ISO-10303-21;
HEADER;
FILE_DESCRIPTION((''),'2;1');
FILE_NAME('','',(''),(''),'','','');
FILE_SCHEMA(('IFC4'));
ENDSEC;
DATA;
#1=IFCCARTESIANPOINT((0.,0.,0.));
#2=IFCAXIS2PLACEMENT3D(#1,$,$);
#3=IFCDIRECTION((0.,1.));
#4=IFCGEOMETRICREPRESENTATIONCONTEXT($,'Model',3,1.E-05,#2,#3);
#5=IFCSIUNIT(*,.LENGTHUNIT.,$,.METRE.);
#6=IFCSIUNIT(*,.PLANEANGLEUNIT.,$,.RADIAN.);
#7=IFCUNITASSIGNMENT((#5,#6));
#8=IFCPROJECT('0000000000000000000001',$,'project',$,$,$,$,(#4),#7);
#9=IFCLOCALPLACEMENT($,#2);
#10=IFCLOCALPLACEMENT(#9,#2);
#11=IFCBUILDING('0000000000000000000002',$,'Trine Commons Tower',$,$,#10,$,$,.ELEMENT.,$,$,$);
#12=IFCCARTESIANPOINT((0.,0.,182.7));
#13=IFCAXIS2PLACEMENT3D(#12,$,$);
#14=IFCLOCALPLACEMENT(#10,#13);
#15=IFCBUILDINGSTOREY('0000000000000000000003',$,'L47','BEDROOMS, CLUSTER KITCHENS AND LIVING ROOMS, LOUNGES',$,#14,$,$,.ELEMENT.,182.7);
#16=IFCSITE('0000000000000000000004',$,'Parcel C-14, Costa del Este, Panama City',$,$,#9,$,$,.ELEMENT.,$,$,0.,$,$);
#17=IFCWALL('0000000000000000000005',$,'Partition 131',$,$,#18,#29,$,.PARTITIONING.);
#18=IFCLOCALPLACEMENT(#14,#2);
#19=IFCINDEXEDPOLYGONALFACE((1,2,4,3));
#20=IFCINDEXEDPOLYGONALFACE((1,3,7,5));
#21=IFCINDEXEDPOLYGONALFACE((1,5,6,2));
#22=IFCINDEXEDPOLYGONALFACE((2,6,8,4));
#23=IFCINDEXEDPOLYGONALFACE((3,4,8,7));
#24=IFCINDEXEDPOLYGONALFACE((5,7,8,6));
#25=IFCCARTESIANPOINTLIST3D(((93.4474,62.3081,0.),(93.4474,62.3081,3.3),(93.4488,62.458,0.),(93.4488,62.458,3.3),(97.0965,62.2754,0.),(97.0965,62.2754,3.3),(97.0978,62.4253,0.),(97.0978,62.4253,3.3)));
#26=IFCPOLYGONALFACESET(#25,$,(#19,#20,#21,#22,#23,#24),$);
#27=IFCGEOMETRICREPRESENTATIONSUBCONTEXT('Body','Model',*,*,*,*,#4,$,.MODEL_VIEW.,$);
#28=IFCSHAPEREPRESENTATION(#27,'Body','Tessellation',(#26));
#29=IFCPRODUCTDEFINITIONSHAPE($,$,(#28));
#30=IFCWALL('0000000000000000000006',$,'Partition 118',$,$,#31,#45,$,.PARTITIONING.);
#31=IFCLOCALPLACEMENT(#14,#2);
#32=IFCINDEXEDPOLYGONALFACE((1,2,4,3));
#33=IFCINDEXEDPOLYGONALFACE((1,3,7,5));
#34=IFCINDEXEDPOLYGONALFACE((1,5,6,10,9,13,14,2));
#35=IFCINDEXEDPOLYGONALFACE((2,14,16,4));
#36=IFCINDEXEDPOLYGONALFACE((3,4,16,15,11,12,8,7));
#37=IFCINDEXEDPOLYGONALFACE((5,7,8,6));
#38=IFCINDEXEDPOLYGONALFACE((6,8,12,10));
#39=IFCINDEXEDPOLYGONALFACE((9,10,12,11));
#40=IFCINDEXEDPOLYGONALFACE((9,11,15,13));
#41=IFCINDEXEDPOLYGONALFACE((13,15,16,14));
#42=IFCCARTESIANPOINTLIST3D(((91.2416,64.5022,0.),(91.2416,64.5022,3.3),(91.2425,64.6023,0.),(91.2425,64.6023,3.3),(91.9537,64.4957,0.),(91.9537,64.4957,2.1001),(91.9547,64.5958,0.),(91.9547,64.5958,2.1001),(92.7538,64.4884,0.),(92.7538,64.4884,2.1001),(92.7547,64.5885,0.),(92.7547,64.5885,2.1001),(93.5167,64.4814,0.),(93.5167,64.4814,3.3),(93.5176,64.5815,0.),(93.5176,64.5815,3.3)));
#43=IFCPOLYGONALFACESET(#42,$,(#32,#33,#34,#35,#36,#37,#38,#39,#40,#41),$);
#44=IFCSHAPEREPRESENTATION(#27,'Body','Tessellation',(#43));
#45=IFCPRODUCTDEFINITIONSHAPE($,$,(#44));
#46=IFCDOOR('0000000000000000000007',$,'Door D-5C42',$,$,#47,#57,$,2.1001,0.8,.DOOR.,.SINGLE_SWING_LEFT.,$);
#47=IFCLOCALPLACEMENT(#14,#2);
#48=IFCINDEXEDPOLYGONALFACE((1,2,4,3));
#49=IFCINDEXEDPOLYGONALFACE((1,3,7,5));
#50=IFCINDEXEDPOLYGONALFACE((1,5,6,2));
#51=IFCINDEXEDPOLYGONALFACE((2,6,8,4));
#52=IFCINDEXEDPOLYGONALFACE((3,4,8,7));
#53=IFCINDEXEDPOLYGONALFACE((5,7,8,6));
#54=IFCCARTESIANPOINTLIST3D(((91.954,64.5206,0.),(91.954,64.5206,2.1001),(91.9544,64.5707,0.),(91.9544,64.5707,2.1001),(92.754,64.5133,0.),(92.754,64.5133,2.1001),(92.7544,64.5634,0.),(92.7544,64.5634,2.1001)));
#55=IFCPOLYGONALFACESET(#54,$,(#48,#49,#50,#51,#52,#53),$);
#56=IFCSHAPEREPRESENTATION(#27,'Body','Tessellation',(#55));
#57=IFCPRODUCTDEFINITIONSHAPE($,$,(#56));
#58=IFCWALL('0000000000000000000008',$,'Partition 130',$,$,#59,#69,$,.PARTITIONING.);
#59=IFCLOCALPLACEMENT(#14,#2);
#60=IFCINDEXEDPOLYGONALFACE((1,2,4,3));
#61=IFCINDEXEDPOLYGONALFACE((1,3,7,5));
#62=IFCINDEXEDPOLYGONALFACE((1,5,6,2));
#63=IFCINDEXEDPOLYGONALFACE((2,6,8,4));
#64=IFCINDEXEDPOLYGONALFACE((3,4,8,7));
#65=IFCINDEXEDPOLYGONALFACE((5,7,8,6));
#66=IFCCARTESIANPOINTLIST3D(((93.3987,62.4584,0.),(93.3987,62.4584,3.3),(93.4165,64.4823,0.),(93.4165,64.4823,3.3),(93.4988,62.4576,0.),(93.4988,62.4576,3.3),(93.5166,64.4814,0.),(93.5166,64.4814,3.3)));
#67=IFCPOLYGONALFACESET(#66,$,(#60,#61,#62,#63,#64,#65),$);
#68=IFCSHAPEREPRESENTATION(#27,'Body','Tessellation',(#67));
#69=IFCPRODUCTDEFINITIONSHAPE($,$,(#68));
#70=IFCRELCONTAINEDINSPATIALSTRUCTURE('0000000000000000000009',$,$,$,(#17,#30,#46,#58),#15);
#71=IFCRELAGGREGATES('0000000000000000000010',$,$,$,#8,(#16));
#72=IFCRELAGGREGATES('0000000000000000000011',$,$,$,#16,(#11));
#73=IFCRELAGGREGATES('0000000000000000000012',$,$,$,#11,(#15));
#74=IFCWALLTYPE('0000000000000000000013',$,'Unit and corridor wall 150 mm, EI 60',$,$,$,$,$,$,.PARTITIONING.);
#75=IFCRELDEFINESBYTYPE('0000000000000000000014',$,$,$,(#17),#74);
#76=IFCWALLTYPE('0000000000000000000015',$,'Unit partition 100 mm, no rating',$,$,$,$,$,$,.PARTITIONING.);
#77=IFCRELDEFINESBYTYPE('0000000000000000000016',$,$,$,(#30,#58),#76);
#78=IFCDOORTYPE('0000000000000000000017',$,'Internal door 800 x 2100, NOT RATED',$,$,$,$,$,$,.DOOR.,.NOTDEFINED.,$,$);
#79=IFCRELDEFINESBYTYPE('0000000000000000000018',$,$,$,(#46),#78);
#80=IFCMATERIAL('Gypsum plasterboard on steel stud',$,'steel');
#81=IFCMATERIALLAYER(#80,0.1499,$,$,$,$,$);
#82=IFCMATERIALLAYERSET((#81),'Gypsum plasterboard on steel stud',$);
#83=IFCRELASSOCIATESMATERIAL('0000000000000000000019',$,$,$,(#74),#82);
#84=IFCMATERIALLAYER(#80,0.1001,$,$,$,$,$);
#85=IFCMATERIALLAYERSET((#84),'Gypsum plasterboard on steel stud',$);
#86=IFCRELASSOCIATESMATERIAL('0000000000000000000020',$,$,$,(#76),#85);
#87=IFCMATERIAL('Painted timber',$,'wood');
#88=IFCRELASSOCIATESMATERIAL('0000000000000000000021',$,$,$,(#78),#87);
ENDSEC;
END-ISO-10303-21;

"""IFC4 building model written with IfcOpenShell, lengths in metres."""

from ifc_helpers import new_model, si_unit, direction, frame, frame_2d, origin, place, context, subcontext, project, spatial, rectangle, extrude, material, layer, layer_set, type_object, element, fill, save


model = new_model("IFC4")

# Units and contexts
model_context = context("Model", 3, precision=1e-05, world=origin(), true_north=direction((0.0, 1.0)))
body_context = subcontext(model_context, "Body", "Model", "MODEL_VIEW")
ifc_project = project(units=[si_unit("LENGTHUNIT", "METRE"), si_unit("PLANEANGLEUNIT", "RADIAN")], contexts=[model_context])

# Site, building, storey
site_placement = place(None, origin())
site = spatial("IfcSite", under=ifc_project, at=site_placement, Name="Parcel C-14, Costa del Este, Panama City", CompositionType="ELEMENT", RefElevation=0.0)
building_placement = place(site_placement, origin())
building = spatial("IfcBuilding", under=site, at=building_placement, Name="Trine Commons Tower", CompositionType="ELEMENT")
storey_placement = place(building_placement, frame((0.0, 0.0, 182.7)))
storey = spatial("IfcBuildingStorey", under=building, at=storey_placement, Name="L47", Description="BEDROOMS, CLUSTER KITCHENS AND LIVING ROOMS, LOUNGES", CompositionType="ELEMENT", Elevation=182.7)

# Shared definitions
ifc_material_1 = material(Name="Gypsum plasterboard on steel stud", Category="steel")
ifc_layer_1 = layer(ifc_material_1, 0.1499)
ifc_layer_set_1 = layer_set([ifc_layer_1], Name="Gypsum plasterboard on steel stud")
wall_type_1 = type_object("IfcWallType", Name="Unit and corridor wall 150 mm, EI 60", PredefinedType="PARTITIONING", material=ifc_layer_set_1)

# Shared definitions
ifc_material_2 = material(Name="Painted timber", Category="wood")

# Wall
wall_1_placement = place(storey_placement, frame((93.448, 62.3831, 0.0), z_axis=(0.0, 0.0, 1.0), x_axis=(0.99996, -0.008965, 0.0)))
element("IfcWall", 1, at=wall_1_placement, inside=storey, type_object=wall_type_1, Name="Partition 131", PredefinedType="PARTITIONING", context=body_context, shape_type="SweptSolid", body=[
    extrude(rectangle(XDim=3.6492, YDim=0.1499, at=frame_2d((1.8247, 0.0))), origin(), (0.0, 0.0, 1.0), 3.3),
])

# Wall, opening, door
ifc_layer_2 = layer(ifc_material_1, 0.1001)
ifc_layer_set_2 = layer_set([ifc_layer_2], Name="Gypsum plasterboard on steel stud")
wall_type_2 = type_object("IfcWallType", Name="Unit partition 100 mm, no rating", PredefinedType="PARTITIONING", material=ifc_layer_set_2)
wall_2_placement = place(storey_placement, frame((91.2419, 64.5522, 0.0), z_axis=(0.0, 0.0, 1.0), x_axis=(0.999958, -0.009121, 0.0)))
wall_2 = element("IfcWall", 2, at=wall_2_placement, inside=storey, type_object=wall_type_2, Name="Partition 118", PredefinedType="PARTITIONING", context=body_context, shape_type="SweptSolid", body=[
    extrude(rectangle(XDim=2.2751, YDim=0.1001, at=frame_2d((1.1377, 0.0))), origin(), (0.0, 0.0, 1.0), 3.3),
])
opening_1_placement = place(wall_2_placement, frame((0.7124, 0.0, 0.0)))
opening_1 = element("IfcOpeningElement", 3, at=opening_1_placement, cuts=wall_2, PredefinedType="OPENING", context=body_context, shape_type="SweptSolid", body=[
    extrude(rectangle(XDim=0.8, YDim=2.1001, at=frame_2d((0.3999, 1.05))), frame((0.0, 0.0601, 0.0), z_axis=(0.0, -1.0, 0.0), x_axis=(1.0, 0.0, 0.0)), (0.0, 0.0, 1.0), 0.1201),
])
door_type_1 = type_object("IfcDoorType", Name="Internal door 800 x 2100, NOT RATED", OperationType="NOTDEFINED", PredefinedType="DOOR", material=ifc_material_2)
door_1_placement = place(opening_1_placement, origin())
door_1 = element("IfcDoor", 4, at=door_1_placement, inside=storey, type_object=door_type_1, Name="Door D-5C42", OperationType="SINGLE_SWING_LEFT", OverallHeight=2.1001, OverallWidth=0.8, PredefinedType="DOOR", context=body_context, shape_type="SweptSolid", body=[
    extrude(rectangle(XDim=0.8, YDim=2.1001, at=frame_2d((0.3999, 1.05))), frame((0.0, 0.0249, 0.0), z_axis=(0.0, -1.0, 0.0), x_axis=(1.0, 0.0, 0.0)), (0.0, 0.0, 1.0), 0.05),
])
fill(opening_1, door_1)

# Wall
wall_3_placement = place(storey_placement, frame((93.4487, 62.458, 0.0), z_axis=(0.0, 0.0, 1.0), x_axis=(0.008805, 0.999961, 0.0)))
element("IfcWall", 5, at=wall_3_placement, inside=storey, type_object=wall_type_2, Name="Partition 130", PredefinedType="PARTITIONING", context=body_context, shape_type="SweptSolid", body=[
    extrude(rectangle(XDim=2.0239, YDim=0.1001, at=frame_2d((1.012, 0.0))), origin(), (0.0, 0.0, 1.0), 3.3),
])

save(model, "model.ifc")
